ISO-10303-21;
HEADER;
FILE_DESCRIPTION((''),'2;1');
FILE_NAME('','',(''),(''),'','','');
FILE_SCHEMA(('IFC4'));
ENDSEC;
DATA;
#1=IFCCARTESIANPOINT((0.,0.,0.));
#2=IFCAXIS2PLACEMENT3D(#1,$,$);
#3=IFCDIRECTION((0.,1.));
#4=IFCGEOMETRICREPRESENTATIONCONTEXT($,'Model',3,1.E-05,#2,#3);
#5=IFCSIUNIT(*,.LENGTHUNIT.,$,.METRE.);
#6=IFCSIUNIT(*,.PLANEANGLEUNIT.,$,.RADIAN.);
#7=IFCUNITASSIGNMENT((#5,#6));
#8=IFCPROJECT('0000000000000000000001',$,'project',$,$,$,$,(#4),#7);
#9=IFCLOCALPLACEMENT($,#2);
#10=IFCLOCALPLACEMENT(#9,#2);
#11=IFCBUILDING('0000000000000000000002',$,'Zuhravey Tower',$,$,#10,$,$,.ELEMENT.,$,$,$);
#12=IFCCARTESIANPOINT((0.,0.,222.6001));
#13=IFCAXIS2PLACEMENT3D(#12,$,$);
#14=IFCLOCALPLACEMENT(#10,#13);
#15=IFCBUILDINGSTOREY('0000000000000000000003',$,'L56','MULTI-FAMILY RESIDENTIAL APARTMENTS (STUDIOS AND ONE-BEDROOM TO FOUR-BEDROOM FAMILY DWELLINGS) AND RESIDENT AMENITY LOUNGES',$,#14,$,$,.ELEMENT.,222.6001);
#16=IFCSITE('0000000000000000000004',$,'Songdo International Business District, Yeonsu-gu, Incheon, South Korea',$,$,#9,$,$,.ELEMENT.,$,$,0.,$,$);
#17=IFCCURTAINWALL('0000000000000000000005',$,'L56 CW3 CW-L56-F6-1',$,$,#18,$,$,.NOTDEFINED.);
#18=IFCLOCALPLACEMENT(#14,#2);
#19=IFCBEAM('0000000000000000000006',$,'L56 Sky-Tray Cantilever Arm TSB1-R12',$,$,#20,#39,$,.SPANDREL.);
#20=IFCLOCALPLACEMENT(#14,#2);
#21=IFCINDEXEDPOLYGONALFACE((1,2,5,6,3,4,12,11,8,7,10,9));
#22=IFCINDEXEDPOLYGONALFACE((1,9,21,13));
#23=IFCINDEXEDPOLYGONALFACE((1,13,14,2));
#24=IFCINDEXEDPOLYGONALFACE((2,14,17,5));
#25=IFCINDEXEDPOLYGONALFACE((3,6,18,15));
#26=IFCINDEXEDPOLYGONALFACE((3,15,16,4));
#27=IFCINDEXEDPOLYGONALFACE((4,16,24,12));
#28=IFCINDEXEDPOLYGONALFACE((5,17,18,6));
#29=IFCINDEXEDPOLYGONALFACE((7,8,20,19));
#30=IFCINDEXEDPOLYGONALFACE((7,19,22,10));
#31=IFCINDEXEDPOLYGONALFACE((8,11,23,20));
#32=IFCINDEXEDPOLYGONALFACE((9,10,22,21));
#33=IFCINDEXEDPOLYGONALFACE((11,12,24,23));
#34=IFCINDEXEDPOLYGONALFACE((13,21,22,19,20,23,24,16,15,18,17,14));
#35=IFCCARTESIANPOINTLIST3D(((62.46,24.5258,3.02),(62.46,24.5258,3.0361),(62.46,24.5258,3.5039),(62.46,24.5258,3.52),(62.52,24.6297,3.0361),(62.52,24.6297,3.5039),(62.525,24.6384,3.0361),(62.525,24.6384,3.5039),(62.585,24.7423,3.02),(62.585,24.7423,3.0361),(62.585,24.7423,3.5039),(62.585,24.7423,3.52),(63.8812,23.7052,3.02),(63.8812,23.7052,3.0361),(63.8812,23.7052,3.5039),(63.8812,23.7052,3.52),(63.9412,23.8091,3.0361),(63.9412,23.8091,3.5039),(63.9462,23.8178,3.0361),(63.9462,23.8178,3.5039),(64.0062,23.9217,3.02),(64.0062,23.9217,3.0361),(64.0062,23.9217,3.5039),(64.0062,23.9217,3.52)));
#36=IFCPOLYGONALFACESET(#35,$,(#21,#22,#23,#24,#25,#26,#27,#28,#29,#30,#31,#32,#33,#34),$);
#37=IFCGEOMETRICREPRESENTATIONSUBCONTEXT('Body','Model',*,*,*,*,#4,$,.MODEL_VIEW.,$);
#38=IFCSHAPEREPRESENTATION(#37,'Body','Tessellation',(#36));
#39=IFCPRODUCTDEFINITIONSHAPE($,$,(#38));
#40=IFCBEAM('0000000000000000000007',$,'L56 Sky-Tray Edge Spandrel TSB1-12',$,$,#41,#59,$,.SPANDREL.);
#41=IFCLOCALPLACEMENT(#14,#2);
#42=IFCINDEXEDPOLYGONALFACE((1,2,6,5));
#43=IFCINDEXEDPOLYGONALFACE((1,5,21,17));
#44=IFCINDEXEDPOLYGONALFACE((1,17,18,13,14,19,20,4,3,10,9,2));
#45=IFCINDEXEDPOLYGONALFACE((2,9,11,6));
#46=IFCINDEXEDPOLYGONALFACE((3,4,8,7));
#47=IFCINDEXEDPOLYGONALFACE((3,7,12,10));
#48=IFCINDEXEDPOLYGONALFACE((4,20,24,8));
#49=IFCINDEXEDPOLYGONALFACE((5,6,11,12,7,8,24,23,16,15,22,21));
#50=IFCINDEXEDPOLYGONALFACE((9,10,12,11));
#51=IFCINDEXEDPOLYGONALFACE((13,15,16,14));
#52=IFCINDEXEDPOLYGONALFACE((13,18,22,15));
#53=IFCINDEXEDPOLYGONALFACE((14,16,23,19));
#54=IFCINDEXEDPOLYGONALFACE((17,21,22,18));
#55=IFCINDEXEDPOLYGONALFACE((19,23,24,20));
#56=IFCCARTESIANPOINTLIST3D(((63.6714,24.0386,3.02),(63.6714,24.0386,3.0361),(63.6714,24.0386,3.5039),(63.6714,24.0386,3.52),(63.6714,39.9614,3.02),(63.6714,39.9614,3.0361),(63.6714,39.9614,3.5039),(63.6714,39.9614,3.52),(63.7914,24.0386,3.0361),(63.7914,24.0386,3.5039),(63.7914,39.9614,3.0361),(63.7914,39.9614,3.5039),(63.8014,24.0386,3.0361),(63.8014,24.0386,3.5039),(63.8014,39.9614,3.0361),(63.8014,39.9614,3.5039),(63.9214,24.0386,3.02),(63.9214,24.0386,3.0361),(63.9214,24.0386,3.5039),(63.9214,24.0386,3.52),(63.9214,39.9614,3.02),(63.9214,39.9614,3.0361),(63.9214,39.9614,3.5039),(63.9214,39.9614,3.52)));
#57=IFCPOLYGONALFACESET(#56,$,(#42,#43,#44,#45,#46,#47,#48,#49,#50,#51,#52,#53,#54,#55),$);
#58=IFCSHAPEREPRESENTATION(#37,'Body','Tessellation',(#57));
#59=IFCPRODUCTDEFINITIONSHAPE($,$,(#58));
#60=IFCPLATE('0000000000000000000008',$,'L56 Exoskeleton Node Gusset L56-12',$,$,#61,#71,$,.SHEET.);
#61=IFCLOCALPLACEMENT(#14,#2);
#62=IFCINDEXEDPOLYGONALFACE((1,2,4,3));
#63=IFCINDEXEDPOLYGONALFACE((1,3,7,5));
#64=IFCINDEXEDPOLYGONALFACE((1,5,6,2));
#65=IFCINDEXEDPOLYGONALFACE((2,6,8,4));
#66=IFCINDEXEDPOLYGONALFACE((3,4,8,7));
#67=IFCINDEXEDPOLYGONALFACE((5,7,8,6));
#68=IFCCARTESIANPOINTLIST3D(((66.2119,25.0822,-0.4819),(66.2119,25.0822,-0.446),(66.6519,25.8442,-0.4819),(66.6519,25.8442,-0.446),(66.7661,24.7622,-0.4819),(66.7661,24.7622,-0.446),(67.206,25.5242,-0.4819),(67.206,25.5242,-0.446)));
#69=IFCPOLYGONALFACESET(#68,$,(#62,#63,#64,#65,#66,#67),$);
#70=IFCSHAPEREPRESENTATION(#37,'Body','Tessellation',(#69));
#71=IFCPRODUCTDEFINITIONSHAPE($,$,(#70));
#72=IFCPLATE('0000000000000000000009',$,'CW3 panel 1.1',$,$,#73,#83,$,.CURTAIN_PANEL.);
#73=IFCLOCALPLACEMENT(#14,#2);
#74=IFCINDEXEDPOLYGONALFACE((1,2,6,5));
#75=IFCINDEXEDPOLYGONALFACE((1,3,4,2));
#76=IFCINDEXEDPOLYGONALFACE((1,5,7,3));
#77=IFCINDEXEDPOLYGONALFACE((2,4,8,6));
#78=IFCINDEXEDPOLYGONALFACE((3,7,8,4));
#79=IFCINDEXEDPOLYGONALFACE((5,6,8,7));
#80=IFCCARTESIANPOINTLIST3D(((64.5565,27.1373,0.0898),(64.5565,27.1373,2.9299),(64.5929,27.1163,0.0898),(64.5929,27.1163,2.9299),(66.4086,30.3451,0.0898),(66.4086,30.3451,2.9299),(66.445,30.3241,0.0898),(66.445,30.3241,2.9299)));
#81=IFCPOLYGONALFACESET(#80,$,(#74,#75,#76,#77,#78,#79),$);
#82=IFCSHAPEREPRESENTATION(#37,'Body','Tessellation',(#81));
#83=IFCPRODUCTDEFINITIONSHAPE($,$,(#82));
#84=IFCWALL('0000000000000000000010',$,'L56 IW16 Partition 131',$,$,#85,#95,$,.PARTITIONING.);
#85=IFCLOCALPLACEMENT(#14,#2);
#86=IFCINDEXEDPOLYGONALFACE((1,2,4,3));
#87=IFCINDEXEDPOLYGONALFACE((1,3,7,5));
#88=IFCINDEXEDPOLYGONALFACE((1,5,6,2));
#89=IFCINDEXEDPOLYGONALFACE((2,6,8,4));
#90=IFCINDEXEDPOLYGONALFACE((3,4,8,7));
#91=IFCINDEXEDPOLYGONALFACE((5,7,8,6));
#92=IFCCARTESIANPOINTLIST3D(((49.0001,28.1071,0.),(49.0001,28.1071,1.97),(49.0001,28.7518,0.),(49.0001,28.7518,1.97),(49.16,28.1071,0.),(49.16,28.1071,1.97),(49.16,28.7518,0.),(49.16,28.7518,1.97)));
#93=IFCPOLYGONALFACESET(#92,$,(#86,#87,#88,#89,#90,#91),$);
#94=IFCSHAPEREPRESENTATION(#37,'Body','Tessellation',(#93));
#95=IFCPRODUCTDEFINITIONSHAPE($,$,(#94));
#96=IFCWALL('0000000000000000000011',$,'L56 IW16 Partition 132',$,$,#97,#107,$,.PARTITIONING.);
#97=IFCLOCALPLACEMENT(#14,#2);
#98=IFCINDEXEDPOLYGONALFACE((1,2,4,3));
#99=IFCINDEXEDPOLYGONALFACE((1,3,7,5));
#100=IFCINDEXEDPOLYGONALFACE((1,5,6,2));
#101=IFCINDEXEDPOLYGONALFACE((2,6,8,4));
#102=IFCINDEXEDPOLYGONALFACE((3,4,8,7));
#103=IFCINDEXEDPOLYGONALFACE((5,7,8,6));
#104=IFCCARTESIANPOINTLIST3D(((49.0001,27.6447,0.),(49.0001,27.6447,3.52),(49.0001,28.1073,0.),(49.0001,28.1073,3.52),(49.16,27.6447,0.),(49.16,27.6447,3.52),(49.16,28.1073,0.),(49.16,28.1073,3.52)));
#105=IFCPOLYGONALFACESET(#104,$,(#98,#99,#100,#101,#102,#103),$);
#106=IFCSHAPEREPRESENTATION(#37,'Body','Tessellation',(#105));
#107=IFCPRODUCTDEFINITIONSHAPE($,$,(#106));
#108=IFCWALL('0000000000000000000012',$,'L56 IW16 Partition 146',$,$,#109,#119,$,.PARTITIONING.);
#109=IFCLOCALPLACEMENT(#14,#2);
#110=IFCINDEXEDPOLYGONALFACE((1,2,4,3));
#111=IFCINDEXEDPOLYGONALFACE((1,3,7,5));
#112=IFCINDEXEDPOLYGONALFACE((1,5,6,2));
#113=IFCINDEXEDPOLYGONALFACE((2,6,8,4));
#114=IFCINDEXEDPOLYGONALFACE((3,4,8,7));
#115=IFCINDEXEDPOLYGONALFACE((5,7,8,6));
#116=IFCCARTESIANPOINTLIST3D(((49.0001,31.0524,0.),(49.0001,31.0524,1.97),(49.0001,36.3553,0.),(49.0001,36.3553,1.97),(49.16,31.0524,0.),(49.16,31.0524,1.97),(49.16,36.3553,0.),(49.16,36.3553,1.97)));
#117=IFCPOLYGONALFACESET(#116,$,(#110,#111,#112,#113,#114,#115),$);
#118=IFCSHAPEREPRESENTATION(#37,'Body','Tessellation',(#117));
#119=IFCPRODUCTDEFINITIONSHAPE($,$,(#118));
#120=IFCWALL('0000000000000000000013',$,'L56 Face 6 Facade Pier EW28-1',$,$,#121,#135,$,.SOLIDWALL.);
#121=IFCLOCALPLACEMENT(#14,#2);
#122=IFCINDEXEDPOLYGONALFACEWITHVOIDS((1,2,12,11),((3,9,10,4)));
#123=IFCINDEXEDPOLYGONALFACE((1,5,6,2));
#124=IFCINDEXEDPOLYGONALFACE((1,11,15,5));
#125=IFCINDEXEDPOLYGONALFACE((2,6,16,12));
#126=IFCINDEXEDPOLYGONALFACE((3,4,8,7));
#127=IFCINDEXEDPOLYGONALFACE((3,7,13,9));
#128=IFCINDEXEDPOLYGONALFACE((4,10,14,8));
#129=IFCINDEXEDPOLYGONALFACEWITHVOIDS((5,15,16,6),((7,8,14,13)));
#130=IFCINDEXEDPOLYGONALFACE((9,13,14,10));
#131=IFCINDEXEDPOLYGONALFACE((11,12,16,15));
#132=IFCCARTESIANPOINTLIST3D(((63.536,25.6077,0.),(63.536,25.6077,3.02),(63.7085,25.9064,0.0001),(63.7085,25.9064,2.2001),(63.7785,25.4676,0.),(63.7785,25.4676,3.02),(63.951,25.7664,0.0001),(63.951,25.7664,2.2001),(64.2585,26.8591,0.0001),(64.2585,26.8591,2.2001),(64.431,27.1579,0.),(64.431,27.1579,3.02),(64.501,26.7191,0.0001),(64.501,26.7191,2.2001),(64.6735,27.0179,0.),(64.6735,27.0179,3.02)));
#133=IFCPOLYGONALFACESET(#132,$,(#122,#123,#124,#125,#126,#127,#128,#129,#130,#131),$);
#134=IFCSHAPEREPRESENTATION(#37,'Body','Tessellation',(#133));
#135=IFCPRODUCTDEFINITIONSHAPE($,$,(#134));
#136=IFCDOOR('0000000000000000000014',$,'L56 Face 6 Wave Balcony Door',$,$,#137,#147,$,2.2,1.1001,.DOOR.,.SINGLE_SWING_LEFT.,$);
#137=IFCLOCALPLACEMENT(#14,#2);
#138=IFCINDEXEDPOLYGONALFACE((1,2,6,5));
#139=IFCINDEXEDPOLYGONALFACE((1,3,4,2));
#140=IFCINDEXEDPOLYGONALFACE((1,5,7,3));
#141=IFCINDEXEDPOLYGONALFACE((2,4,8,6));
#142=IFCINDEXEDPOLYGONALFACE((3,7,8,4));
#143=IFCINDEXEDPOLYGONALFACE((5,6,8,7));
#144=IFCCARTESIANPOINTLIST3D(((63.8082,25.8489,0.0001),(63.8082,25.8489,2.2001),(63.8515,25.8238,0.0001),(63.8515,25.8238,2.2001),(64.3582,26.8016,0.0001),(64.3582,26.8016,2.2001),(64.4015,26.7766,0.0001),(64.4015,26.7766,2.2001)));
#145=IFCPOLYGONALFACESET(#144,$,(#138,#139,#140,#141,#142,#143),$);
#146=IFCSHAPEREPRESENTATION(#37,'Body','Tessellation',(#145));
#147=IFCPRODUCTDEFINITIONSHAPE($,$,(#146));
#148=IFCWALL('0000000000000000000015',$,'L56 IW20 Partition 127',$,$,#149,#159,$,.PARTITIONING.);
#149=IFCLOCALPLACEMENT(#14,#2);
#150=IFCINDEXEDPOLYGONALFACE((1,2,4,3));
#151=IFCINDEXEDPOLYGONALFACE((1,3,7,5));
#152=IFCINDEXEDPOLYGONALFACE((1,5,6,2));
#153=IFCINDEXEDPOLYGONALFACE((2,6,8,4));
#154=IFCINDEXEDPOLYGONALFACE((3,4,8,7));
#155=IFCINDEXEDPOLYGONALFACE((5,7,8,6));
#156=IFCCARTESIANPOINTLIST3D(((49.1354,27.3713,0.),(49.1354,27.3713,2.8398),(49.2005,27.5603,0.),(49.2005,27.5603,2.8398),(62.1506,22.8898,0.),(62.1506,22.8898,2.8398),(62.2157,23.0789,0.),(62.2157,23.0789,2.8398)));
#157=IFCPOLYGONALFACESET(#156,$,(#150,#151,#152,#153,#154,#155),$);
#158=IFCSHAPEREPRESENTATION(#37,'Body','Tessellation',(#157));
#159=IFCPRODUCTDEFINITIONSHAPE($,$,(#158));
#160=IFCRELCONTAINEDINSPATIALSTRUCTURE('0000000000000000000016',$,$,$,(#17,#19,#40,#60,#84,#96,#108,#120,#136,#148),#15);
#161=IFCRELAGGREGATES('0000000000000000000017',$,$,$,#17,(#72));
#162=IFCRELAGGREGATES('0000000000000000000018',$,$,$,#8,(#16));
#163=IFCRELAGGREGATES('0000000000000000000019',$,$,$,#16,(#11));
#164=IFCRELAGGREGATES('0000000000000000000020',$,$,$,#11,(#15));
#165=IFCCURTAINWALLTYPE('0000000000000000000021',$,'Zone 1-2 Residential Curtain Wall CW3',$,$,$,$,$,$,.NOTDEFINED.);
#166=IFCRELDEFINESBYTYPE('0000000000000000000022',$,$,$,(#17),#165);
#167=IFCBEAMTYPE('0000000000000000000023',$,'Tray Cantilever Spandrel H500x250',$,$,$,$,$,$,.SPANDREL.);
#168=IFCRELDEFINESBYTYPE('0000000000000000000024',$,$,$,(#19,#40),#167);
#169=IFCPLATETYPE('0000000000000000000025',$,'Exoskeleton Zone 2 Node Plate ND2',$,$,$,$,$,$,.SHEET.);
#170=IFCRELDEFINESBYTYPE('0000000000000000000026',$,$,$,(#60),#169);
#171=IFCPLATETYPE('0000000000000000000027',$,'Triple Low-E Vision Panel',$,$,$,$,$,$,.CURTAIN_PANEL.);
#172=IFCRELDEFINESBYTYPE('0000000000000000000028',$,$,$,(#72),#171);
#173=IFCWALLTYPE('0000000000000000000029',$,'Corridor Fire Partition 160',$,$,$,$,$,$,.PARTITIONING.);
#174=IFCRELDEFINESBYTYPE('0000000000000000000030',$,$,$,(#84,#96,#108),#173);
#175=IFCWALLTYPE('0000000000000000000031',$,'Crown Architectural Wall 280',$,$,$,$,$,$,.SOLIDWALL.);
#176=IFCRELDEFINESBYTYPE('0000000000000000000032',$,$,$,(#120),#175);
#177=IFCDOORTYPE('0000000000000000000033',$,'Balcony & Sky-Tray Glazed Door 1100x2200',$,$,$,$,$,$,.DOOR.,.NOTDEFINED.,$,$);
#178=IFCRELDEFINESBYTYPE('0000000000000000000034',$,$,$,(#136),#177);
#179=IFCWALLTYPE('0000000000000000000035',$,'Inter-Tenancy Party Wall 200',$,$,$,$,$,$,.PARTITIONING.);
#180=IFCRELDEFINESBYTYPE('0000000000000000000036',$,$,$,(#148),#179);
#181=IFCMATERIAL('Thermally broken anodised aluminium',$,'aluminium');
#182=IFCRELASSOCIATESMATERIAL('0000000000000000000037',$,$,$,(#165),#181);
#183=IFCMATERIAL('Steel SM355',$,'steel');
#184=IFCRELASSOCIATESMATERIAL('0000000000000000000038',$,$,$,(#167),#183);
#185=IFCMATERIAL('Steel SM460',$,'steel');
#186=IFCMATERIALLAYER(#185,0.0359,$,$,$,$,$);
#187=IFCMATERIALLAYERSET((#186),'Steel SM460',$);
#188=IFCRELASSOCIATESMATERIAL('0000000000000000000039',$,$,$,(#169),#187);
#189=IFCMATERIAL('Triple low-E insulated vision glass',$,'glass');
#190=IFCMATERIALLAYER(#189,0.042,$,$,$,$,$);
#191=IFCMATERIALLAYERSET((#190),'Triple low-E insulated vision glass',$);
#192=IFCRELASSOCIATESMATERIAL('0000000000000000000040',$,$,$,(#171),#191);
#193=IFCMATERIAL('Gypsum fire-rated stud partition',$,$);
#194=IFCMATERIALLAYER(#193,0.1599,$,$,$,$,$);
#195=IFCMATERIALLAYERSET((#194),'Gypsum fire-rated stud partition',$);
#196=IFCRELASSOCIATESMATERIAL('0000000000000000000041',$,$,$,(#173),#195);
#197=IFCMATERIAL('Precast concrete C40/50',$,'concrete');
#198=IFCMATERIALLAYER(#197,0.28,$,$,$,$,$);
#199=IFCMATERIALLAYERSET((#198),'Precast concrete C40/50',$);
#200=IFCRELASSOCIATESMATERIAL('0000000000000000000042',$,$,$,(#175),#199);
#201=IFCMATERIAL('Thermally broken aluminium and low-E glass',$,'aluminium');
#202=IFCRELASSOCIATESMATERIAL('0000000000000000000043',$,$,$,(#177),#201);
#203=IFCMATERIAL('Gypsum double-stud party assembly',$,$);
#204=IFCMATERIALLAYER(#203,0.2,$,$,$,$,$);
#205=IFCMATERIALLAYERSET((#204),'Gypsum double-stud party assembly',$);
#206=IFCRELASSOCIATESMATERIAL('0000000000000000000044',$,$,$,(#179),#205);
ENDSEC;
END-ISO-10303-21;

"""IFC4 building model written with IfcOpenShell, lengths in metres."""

from ifc_helpers import new_model, si_unit, direction, frame, frame_2d, origin, origin_2d, place, context, subcontext, project, spatial, rectangle, i_section, extrude, material, layer, layer_set, material_profile, profile_set, type_object, element, fill, aggregate, save


model = new_model("IFC4")

# Units and contexts
model_context = context("Model", 3, precision=1e-05, world=origin(), true_north=direction((0.0, 1.0)))
body_context = subcontext(model_context, "Body", "Model", "MODEL_VIEW")
ifc_project = project(units=[si_unit("LENGTHUNIT", "METRE"), si_unit("PLANEANGLEUNIT", "RADIAN")], contexts=[model_context])

# Site, building, storey
site_placement = place(None, origin())
site = spatial("IfcSite", under=ifc_project, at=site_placement, Name="Songdo International Business District, Yeonsu-gu, Incheon, South Korea", CompositionType="ELEMENT", RefElevation=0.0)
building_placement = place(site_placement, origin())
building = spatial("IfcBuilding", under=site, at=building_placement, Name="Zuhravey Tower", CompositionType="ELEMENT")
storey_placement = place(building_placement, frame((0.0, 0.0, 222.6001)))
storey = spatial("IfcBuildingStorey", under=building, at=storey_placement, Name="L56", Description="MULTI-FAMILY RESIDENTIAL APARTMENTS (STUDIOS AND ONE-BEDROOM TO FOUR-BEDROOM FAMILY DWELLINGS) AND RESIDENT AMENITY LOUNGES", CompositionType="ELEMENT", Elevation=222.6001)

# Curtain wall
ifc_material_1 = material(Name="Thermally broken anodised aluminium", Category="aluminium")
curtain_wall_type = type_object("IfcCurtainWallType", Name="Zone 1-2 Residential Curtain Wall CW3", PredefinedType="NOTDEFINED", material=ifc_material_1)
curtain_wall_1_placement = place(storey_placement, origin())
curtain_wall_1 = element("IfcCurtainWall", 1, at=curtain_wall_1_placement, inside=storey, type_object=curtain_wall_type, Name="L56 CW3 CW-L56-F6-1", PredefinedType="NOTDEFINED")

# Beams
ifc_material_2 = material(Name="Steel SM460", Category="steel")
ifc_material_3 = material(Name="Steel SM355", Category="steel")
ifc_material_profile_1 = material_profile(ifc_material_3, i_section(OverallWidth=0.25, OverallDepth=0.5, WebThickness=0.01, FlangeThickness=0.0161, at=origin_2d()), Name="H-500x250x10x16")
ifc_profile_set_1 = profile_set([ifc_material_profile_1], Name="Steel SM355")
beam_type_1 = type_object("IfcBeamType", Name="Tray Cantilever Spandrel H500x250", PredefinedType="SPANDREL", material=ifc_profile_set_1)
beam_1_placement = place(storey_placement, frame((62.5225, 24.634, 3.27), z_axis=(0.86601, -0.500027, 0.0), x_axis=(0.500027, 0.86601, 0.0)))
element("IfcBeam", 2, at=beam_1_placement, inside=storey, type_object=beam_type_1, Name="L56 Sky-Tray Cantilever Arm TSB1-R12", PredefinedType="SPANDREL", context=body_context, shape_type="SweptSolid", body=[
    extrude(i_section(OverallWidth=0.25, OverallDepth=0.5, WebThickness=0.01, FlangeThickness=0.0161, at=origin_2d()), origin(), (0.0, 0.0, 1.0), 1.6411),
])
beam_2_placement = place(storey_placement, frame((63.7964, 24.0386, 3.27), z_axis=(0.0, 1.0, 0.0), x_axis=(-1.0, 0.0, 0.0)))
element("IfcBeam", 3, at=beam_2_placement, inside=storey, type_object=beam_type_1, Name="L56 Sky-Tray Edge Spandrel TSB1-12", PredefinedType="SPANDREL", context=body_context, shape_type="SweptSolid", body=[
    extrude(i_section(OverallWidth=0.25, OverallDepth=0.5, WebThickness=0.01, FlangeThickness=0.0161, at=origin_2d()), origin(), (0.0, 0.0, 1.0), 15.9229),
])

# Plates
ifc_layer_1 = layer(ifc_material_2, 0.0359)
ifc_layer_set_1 = layer_set([ifc_layer_1], Name="Steel SM460")
plate_type_1 = type_object("IfcPlateType", Name="Exoskeleton Zone 2 Node Plate ND2", PredefinedType="SHEET", material=ifc_layer_set_1)
plate_1_placement = place(storey_placement, frame((66.709, 25.3032, -0.4819), z_axis=(0.0, 0.0, 1.0), x_axis=(0.5, 0.866025, 0.0)))
element("IfcPlate", 4, at=plate_1_placement, inside=storey, type_object=plate_type_1, Name="L56 Exoskeleton Node Gusset L56-12", PredefinedType="SHEET", context=body_context, shape_type="SweptSolid", body=[
    extrude(rectangle(XDim=0.8799, YDim=0.6399, at=origin_2d()), origin(), (0.0, 0.0, 1.0), 0.0359),
])
ifc_material_4 = material(Name="Triple low-E insulated vision glass", Category="glass")
ifc_layer_2 = layer(ifc_material_4, 0.042)
ifc_layer_set_2 = layer_set([ifc_layer_2], Name="Triple low-E insulated vision glass")
plate_type_2 = type_object("IfcPlateType", Name="Triple Low-E Vision Panel", PredefinedType="CURTAIN_PANEL", material=ifc_layer_set_2)
plate_2_placement = place(storey_placement, frame((65.5007, 28.7307, 0.0898), z_axis=(0.0, 0.0, 1.0), x_axis=(-0.500013, -0.866018, 0.0)))
plate_2 = element("IfcPlate", 5, at=plate_2_placement, type_object=plate_type_2, Name="CW3 panel 1.1", PredefinedType="CURTAIN_PANEL", context=body_context, shape_type="SweptSolid", body=[
    extrude(rectangle(XDim=3.7041, YDim=0.042, at=origin_2d()), origin(), (0.0, 0.0, 1.0), 2.8401),
])
aggregate(curtain_wall_1, [plate_2])

# Shared definitions
ifc_material_5 = material(Name="Gypsum fire-rated stud partition")
ifc_layer_3 = layer(ifc_material_5, 0.1599)
ifc_layer_set_3 = layer_set([ifc_layer_3], Name="Gypsum fire-rated stud partition")
wall_type_1 = type_object("IfcWallType", Name="Corridor Fire Partition 160", PredefinedType="PARTITIONING", material=ifc_layer_set_3)

# Walls
wall_1_placement = place(storey_placement, frame((49.0801, 28.1072, 0.0), z_axis=(0.0, 0.0, 1.0), x_axis=(0.0, 1.0, 0.0)))
element("IfcWall", 6, at=wall_1_placement, inside=storey, type_object=wall_type_1, Name="L56 IW16 Partition 131", PredefinedType="PARTITIONING", context=body_context, shape_type="SweptSolid", body=[
    extrude(rectangle(XDim=0.6448, YDim=0.1599, at=frame_2d((0.3223, 0.0))), origin(), (0.0, 0.0, 1.0), 1.97),
])
wall_2_placement = place(storey_placement, frame((49.0801, 27.6445, 0.0), z_axis=(0.0, 0.0, 1.0), x_axis=(0.0, 1.0, 0.0)))
element("IfcWall", 7, at=wall_2_placement, inside=storey, type_object=wall_type_1, Name="L56 IW16 Partition 132", PredefinedType="PARTITIONING", context=body_context, shape_type="SweptSolid", body=[
    extrude(rectangle(XDim=0.4626, YDim=0.1599, at=frame_2d((0.2314, 0.0))), origin(), (0.0, 0.0, 1.0), 3.52),
])
wall_3_placement = place(storey_placement, frame((49.0801, 31.0525, 0.0), z_axis=(0.0, 0.0, 1.0), x_axis=(0.0, 1.0, 0.0)))
element("IfcWall", 8, at=wall_3_placement, inside=storey, type_object=wall_type_1, Name="L56 IW16 Partition 146", PredefinedType="PARTITIONING", context=body_context, shape_type="SweptSolid", body=[
    extrude(rectangle(XDim=5.303, YDim=0.1599, at=frame_2d((2.6514, 0.0))), origin(), (0.0, 0.0, 1.0), 1.97),
])

# Wall, opening, door
ifc_material_6 = material(Name="Precast concrete C40/50", Category="concrete")
ifc_layer_4 = layer(ifc_material_6, 0.28)
ifc_layer_set_4 = layer_set([ifc_layer_4], Name="Precast concrete C40/50")
wall_type_2 = type_object("IfcWallType", Name="Crown Architectural Wall 280", PredefinedType="SOLIDWALL", material=ifc_layer_set_4)
wall_4_placement = place(storey_placement, frame((64.5522, 27.0879, 0.0), z_axis=(0.0, 0.0, 1.0), x_axis=(-0.499982, -0.866036, 0.0)))
wall_4 = element("IfcWall", 9, at=wall_4_placement, inside=storey, type_object=wall_type_2, Name="L56 Face 6 Facade Pier EW28-1", PredefinedType="SOLIDWALL", context=body_context, shape_type="SweptSolid", body=[
    extrude(rectangle(XDim=1.79, YDim=0.28, at=frame_2d((0.895, 0.0))), origin(), (0.0, 0.0, 1.0), 3.02),
])
opening_1_placement = place(wall_4_placement, frame((0.345, 0.0, 0.0)))
opening_1 = element("IfcOpeningElement", 10, at=opening_1_placement, cuts=wall_4, PredefinedType="OPENING", context=body_context, shape_type="SweptSolid", body=[
    extrude(rectangle(XDim=1.1001, YDim=2.2, at=frame_2d((0.55, 1.1001))), frame((0.0, 0.1521, 0.0), z_axis=(0.0, -1.0, 0.0), x_axis=(1.0, 0.0, 0.0)), (0.0, 0.0, 1.0), 0.304),
])
ifc_material_7 = material(Name="Thermally broken aluminium and low-E glass", Category="aluminium")
door_type_1 = type_object("IfcDoorType", Name="Balcony & Sky-Tray Glazed Door 1100x2200", OperationType="NOTDEFINED", PredefinedType="DOOR", material=ifc_material_7)
door_1_placement = place(opening_1_placement, frame((1.1001, 0.0, 0.0), z_axis=(0.0, 0.0, 1.0), x_axis=(-1.0, 0.0, 0.0)))
door_1 = element("IfcDoor", 11, at=door_1_placement, inside=storey, type_object=door_type_1, Name="L56 Face 6 Wave Balcony Door", OperationType="SINGLE_SWING_LEFT", OverallHeight=2.2, OverallWidth=1.1001, PredefinedType="DOOR", context=body_context, shape_type="SweptSolid", body=[
    extrude(rectangle(XDim=1.1001, YDim=2.2, at=frame_2d((0.55, 1.1001))), frame((0.0, 0.0249, 0.0), z_axis=(0.0, -1.0, 0.0), x_axis=(1.0, 0.0, 0.0)), (0.0, 0.0, 1.0), 0.05),
])
fill(opening_1, door_1)

# Wall
ifc_material_8 = material(Name="Gypsum double-stud party assembly")
ifc_layer_5 = layer(ifc_material_8, 0.2)
ifc_layer_set_5 = layer_set([ifc_layer_5], Name="Gypsum double-stud party assembly")
wall_type_3 = type_object("IfcWallType", Name="Inter-Tenancy Party Wall 200", PredefinedType="PARTITIONING", material=ifc_layer_set_5)
wall_5_placement = place(storey_placement, frame((49.168, 27.4658, 0.0), z_axis=(0.0, 0.0, 1.0), x_axis=(0.945519, -0.325566, 0.0)))
element("IfcWall", 12, at=wall_5_placement, inside=storey, type_object=wall_type_3, Name="L56 IW20 Partition 127", PredefinedType="PARTITIONING", context=body_context, shape_type="SweptSolid", body=[
    extrude(rectangle(XDim=13.7651, YDim=0.2, at=frame_2d((6.8826, 0.0))), origin(), (0.0, 0.0, 1.0), 2.8398),
])

save(model, "model.ifc")
